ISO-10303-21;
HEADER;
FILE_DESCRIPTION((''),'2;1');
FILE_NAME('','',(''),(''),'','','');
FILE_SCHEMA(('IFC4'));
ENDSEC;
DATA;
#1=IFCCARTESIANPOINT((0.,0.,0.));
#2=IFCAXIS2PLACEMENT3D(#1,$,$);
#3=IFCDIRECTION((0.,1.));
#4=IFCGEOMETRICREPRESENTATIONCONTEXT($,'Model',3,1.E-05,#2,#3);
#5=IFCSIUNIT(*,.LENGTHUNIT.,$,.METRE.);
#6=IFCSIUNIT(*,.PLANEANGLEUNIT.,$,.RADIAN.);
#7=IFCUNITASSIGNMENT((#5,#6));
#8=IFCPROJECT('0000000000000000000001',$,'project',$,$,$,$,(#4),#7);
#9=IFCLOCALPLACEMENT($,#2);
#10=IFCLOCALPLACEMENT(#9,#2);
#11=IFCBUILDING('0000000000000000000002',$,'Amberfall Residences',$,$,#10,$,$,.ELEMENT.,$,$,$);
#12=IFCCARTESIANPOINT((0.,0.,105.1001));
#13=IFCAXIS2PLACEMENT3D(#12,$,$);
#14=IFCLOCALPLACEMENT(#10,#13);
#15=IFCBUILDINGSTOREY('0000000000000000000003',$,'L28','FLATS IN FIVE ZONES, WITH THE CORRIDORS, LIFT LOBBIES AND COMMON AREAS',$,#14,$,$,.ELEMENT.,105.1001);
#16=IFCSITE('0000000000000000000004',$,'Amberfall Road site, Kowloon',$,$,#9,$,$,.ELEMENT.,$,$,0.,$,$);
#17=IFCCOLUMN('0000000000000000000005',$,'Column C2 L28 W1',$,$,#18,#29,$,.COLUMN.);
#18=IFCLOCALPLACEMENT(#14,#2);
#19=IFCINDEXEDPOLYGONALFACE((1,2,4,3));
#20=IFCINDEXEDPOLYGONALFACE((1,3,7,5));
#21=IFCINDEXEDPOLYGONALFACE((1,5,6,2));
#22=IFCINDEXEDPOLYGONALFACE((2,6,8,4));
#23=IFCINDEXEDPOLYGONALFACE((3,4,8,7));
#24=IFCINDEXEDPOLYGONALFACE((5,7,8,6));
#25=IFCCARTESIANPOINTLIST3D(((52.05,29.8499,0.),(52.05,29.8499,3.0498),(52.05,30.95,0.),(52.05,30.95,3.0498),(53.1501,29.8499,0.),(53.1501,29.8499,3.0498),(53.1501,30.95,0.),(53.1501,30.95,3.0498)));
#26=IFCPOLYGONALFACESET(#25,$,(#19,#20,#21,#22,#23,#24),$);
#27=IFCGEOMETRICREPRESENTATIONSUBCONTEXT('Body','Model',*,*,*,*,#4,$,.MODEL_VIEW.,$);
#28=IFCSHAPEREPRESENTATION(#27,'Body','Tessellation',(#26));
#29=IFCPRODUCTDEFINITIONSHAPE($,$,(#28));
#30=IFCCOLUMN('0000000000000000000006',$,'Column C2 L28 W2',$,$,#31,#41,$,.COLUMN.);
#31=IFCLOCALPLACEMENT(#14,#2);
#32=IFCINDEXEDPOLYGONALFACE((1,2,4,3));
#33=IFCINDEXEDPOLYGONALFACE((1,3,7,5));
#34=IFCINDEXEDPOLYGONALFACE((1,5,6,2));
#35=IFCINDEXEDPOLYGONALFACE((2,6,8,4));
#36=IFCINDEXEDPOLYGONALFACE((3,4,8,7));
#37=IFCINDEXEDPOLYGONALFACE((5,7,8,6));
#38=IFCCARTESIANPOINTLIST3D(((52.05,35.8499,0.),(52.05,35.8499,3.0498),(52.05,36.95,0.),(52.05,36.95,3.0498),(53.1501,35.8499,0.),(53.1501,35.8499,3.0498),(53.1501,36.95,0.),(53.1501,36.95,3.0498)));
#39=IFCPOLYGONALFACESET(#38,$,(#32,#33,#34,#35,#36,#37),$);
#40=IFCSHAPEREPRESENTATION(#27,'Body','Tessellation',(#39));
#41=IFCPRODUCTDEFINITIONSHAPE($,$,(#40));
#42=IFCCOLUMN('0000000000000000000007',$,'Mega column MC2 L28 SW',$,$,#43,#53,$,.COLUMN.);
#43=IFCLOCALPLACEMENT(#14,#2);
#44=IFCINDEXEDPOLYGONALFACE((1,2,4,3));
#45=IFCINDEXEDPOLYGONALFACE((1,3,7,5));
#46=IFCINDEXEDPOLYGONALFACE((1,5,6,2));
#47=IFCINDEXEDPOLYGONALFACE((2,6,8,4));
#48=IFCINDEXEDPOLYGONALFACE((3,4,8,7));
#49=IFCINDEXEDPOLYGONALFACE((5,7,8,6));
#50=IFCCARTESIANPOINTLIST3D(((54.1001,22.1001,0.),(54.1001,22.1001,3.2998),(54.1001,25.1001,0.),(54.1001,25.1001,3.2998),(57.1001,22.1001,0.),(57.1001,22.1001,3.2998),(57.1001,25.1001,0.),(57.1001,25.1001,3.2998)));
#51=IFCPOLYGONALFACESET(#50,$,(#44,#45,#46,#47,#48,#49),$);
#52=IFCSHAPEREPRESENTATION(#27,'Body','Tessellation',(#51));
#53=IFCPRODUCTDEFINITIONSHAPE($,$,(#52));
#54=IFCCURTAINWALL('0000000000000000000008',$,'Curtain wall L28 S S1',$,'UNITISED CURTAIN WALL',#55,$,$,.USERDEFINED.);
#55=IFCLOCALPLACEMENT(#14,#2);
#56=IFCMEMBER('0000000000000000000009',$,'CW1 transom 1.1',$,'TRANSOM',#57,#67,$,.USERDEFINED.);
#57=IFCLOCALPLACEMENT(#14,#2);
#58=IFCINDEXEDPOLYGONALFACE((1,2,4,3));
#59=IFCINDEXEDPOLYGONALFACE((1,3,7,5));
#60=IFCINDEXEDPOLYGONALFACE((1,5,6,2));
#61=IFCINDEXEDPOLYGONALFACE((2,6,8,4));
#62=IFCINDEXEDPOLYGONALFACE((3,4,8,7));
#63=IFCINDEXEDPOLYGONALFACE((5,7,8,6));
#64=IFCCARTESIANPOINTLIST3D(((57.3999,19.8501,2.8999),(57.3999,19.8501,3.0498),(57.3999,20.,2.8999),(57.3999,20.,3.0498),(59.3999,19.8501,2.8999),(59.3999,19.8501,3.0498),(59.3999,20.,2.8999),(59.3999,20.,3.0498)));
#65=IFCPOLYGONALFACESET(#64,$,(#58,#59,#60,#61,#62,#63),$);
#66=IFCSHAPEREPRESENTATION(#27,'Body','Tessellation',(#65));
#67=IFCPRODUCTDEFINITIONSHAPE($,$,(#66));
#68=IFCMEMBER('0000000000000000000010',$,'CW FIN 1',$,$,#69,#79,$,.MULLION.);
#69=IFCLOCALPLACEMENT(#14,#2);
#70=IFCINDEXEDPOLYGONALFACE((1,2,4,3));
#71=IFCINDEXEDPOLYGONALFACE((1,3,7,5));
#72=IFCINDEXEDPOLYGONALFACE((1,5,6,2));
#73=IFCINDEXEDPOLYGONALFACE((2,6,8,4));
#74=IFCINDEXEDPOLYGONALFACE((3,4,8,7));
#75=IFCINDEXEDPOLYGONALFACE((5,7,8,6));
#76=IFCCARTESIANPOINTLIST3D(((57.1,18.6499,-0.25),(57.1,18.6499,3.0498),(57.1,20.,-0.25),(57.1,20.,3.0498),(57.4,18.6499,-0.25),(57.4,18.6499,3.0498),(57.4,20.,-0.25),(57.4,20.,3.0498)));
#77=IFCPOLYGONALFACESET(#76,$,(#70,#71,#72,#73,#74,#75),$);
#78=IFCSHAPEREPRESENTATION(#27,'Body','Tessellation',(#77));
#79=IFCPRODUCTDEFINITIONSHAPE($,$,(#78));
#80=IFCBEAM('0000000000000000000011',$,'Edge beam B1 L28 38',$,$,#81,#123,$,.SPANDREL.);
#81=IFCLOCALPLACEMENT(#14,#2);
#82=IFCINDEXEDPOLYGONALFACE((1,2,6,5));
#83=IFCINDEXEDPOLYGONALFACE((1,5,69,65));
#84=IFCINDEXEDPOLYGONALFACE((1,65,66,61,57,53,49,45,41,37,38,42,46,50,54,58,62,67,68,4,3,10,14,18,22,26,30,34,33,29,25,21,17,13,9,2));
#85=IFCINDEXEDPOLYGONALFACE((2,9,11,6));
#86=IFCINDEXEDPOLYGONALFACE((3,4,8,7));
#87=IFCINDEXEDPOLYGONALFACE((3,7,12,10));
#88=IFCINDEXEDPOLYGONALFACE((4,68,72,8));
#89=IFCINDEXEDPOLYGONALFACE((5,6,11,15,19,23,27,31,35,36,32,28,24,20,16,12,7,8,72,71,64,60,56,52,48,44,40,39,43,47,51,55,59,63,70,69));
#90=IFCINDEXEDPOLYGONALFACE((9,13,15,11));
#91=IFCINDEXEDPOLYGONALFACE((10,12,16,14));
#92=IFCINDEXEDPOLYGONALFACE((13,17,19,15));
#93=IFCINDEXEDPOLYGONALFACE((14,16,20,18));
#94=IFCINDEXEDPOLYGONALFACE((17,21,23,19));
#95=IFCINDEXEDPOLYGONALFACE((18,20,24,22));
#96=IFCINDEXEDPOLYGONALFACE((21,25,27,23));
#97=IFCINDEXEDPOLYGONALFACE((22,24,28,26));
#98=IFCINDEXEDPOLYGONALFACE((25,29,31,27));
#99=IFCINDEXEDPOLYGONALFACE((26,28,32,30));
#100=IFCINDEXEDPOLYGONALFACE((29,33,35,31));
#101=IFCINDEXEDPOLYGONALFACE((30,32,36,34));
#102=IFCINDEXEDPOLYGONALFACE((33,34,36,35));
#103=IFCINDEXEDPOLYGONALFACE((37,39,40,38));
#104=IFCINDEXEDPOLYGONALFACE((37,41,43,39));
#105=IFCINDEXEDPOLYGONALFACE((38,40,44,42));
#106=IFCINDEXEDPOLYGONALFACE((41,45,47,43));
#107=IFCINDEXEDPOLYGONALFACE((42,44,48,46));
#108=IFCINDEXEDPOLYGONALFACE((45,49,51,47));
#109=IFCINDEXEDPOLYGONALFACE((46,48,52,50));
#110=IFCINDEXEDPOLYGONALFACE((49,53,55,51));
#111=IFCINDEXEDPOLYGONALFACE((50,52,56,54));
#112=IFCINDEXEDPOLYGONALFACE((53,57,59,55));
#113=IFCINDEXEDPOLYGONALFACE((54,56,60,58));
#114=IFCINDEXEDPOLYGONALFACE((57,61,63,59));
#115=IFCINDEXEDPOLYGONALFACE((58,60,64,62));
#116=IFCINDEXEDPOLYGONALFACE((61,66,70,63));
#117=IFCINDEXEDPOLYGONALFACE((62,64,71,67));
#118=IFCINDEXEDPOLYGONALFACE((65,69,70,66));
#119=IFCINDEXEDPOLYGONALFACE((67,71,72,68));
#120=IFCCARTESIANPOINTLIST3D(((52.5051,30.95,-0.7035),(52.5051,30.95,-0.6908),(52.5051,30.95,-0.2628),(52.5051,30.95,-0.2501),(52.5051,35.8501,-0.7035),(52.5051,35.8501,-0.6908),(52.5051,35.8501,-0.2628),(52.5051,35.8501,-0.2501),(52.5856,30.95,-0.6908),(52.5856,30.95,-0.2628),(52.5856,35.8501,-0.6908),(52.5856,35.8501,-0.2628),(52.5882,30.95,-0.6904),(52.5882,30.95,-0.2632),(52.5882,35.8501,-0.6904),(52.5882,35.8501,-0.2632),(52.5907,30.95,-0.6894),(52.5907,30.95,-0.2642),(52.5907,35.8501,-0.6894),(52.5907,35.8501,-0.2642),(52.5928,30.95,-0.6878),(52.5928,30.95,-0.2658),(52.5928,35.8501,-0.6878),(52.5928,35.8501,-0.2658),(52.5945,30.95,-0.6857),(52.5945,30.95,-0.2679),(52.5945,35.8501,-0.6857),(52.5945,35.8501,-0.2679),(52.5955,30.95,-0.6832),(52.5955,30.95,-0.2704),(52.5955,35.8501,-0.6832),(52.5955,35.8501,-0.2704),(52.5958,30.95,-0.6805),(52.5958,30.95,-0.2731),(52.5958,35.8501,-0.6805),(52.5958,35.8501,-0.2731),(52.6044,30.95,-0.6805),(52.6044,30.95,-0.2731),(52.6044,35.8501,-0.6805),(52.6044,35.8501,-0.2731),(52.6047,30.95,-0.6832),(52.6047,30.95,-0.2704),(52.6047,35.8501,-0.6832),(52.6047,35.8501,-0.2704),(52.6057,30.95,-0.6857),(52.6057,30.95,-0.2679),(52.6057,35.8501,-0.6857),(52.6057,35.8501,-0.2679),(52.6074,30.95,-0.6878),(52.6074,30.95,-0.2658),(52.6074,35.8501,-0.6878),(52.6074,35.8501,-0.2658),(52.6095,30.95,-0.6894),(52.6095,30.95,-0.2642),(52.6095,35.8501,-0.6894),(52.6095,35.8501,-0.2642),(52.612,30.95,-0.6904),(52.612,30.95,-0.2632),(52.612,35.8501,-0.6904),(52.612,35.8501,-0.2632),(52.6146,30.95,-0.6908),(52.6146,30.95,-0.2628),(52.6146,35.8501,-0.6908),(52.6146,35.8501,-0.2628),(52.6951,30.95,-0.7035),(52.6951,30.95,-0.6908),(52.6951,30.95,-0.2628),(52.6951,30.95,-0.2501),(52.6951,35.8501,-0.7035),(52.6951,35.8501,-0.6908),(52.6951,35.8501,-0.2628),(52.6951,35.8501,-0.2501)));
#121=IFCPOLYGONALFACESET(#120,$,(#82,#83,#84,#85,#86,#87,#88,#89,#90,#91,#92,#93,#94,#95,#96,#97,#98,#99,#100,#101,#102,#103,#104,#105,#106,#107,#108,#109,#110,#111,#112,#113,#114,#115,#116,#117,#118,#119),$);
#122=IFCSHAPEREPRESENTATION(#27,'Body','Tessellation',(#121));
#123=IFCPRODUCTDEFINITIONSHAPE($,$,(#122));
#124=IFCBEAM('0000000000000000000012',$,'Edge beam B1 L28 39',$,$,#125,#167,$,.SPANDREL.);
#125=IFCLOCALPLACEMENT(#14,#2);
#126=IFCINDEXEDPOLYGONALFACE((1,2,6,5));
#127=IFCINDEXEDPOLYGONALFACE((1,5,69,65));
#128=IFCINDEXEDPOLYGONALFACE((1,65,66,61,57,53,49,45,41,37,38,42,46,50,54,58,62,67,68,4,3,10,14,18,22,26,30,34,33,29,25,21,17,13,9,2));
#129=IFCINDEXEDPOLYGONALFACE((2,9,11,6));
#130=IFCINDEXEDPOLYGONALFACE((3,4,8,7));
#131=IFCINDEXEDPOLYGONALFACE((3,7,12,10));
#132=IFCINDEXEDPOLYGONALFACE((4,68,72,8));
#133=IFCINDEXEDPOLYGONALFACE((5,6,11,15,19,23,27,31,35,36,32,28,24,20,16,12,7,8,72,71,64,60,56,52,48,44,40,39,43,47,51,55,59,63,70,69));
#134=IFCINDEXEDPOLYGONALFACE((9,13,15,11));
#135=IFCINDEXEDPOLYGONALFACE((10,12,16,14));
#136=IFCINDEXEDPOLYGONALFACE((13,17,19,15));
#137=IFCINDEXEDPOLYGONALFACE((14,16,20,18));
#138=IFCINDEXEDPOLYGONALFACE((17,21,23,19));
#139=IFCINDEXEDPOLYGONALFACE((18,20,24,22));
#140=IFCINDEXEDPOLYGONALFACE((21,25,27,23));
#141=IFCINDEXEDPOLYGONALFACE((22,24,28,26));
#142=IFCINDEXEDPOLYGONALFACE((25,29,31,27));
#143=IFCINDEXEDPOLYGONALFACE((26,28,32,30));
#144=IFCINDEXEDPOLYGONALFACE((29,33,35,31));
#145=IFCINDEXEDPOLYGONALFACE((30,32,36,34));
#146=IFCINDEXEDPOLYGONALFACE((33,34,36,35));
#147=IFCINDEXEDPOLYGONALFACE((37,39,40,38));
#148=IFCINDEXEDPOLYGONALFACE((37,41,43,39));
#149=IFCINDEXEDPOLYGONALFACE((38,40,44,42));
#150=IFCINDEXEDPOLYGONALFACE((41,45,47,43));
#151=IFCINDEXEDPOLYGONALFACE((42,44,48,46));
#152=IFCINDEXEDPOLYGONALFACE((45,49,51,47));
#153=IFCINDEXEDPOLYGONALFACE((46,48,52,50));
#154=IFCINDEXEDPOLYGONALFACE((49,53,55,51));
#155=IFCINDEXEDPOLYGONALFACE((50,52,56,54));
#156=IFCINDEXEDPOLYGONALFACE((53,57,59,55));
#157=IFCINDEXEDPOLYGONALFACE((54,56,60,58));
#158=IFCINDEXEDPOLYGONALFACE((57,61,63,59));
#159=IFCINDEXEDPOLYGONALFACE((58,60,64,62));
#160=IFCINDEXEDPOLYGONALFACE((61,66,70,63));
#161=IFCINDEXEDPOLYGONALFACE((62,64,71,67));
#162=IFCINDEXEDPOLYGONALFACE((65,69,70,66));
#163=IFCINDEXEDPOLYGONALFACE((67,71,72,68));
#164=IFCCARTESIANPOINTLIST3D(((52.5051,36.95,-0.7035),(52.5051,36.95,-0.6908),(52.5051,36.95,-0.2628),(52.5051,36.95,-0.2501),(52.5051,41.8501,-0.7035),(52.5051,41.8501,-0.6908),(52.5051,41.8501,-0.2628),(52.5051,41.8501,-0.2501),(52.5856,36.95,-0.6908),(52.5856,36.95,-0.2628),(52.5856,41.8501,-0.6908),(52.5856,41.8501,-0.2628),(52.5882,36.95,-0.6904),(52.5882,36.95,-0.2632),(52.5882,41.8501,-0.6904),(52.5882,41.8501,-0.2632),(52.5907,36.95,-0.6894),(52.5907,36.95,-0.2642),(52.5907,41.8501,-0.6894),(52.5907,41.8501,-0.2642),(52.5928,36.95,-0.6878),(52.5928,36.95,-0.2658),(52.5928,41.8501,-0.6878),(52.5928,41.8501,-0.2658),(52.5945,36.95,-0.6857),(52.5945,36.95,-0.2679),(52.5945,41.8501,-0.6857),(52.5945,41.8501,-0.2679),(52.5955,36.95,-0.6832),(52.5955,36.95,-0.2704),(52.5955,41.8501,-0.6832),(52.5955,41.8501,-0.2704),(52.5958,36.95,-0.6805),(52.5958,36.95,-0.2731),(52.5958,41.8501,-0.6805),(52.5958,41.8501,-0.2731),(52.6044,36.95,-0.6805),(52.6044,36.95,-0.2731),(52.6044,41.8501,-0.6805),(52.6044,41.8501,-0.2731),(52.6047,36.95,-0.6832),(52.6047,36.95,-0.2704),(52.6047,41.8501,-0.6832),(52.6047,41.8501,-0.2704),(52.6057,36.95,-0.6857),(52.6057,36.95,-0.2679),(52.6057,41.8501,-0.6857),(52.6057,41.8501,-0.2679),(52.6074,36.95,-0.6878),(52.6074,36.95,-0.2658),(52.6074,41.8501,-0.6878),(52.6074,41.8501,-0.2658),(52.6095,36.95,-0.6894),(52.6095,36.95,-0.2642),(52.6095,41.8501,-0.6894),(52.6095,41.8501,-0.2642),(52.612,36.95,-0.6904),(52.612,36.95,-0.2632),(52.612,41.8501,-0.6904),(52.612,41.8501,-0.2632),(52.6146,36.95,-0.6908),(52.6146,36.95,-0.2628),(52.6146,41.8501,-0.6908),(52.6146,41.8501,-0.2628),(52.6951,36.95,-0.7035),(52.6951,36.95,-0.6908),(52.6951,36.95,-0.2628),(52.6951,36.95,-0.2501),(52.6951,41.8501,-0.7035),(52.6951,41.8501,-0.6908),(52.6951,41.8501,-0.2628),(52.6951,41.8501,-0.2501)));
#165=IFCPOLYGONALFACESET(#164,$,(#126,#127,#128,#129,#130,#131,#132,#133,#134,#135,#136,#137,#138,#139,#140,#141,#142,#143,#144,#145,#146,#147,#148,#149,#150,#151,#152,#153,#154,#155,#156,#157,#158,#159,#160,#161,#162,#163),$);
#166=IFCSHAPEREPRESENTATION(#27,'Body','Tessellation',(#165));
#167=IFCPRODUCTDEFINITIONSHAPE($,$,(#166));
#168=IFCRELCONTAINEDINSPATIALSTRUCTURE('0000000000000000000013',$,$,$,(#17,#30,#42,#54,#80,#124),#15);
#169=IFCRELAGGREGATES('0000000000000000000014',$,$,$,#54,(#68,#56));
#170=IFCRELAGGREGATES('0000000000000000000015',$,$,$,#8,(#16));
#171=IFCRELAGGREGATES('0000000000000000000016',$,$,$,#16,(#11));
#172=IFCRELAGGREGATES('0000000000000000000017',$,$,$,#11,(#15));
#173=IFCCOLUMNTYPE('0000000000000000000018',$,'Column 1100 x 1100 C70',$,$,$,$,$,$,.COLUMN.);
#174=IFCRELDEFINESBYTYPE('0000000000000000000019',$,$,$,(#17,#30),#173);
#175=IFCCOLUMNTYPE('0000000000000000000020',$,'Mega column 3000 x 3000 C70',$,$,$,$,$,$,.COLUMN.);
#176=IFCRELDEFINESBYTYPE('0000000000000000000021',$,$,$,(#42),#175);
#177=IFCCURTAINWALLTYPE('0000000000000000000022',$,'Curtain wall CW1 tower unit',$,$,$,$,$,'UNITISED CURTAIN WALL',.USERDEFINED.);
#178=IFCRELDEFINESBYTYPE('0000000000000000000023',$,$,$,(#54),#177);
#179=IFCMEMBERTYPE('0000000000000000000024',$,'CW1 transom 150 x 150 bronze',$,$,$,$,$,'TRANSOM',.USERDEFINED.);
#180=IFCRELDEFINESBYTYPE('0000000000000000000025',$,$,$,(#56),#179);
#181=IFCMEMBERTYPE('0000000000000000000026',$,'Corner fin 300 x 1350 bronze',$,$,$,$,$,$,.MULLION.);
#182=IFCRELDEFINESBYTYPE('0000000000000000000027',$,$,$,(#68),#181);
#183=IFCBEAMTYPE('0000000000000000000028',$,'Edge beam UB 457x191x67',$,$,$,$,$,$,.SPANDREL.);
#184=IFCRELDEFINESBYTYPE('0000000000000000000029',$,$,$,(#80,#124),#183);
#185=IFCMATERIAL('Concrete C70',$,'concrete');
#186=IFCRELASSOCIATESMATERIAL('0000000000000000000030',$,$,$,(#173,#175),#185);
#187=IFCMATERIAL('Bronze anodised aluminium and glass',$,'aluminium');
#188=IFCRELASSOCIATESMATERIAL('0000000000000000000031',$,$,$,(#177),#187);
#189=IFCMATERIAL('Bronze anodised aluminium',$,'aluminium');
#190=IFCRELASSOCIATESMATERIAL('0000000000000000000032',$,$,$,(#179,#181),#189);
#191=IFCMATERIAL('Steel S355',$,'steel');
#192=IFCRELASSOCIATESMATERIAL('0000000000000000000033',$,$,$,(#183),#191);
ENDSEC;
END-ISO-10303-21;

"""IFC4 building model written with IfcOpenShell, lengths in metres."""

from ifc_helpers import new_model, si_unit, direction, frame, origin, origin_2d, place, context, subcontext, project, spatial, rectangle, i_section, extrude, material, material_profile, profile_set, type_object, element, aggregate, save


model = new_model("IFC4")

# Units and contexts
model_context = context("Model", 3, precision=1e-05, world=origin(), true_north=direction((0.0, 1.0)))
body_context = subcontext(model_context, "Body", "Model", "MODEL_VIEW")
ifc_project = project(units=[si_unit("LENGTHUNIT", "METRE"), si_unit("PLANEANGLEUNIT", "RADIAN")], contexts=[model_context])

# Site, building, storey
site_placement = place(None, origin())
site = spatial("IfcSite", under=ifc_project, at=site_placement, Name="Amberfall Road site, Kowloon", CompositionType="ELEMENT", RefElevation=0.0)
building_placement = place(site_placement, origin())
building = spatial("IfcBuilding", under=site, at=building_placement, Name="Amberfall Residences", CompositionType="ELEMENT")
storey_placement = place(building_placement, frame((0.0, 0.0, 105.1001)))
storey = spatial("IfcBuildingStorey", under=building, at=storey_placement, Name="L28", Description="FLATS IN FIVE ZONES, WITH THE CORRIDORS, LIFT LOBBIES AND COMMON AREAS", CompositionType="ELEMENT", Elevation=105.1001)

# Columns
ifc_material_1 = material(Name="Concrete C70", Category="concrete")
ifc_material_profile_1 = material_profile(ifc_material_1, rectangle(XDim=1.1001, YDim=1.1001, at=origin_2d()), Name="Column 1100 x 1100 C70")
ifc_profile_set_1 = profile_set([ifc_material_profile_1], Name="Concrete C70")
column_type_1 = type_object("IfcColumnType", Name="Column 1100 x 1100 C70", PredefinedType="COLUMN", material=ifc_profile_set_1)
for number, where, z_axis, x_axis, name in (
    (1, (52.6001, 30.3999, 0.0), (0.0, 0.0, 1.0), (1.0, 0.0, 0.0), "Column C2 L28 W1"),
    (2, (52.6001, 36.3999, 0.0), (0.0, 0.0, 1.0), (1.0, 0.0, 0.0), "Column C2 L28 W2"),
):
    element("IfcColumn", number, at=place(storey_placement, frame(where, z_axis=z_axis, x_axis=x_axis)), inside=storey, type_object=column_type_1, Name=name, PredefinedType="COLUMN", context=body_context, shape_type="SweptSolid", body=[
        extrude(rectangle(XDim=1.1001, YDim=1.1001, at=origin_2d()), origin(), (0.0, 0.0, 1.0), 3.0498),
    ])
ifc_material_profile_2 = material_profile(ifc_material_1, rectangle(XDim=3.0, YDim=3.0, at=origin_2d()), Name="Mega column 3000 x 3000 C70")
ifc_profile_set_2 = profile_set([ifc_material_profile_2], Name="Concrete C70")
column_type_2 = type_object("IfcColumnType", Name="Mega column 3000 x 3000 C70", PredefinedType="COLUMN", material=ifc_profile_set_2)
column_placement = place(storey_placement, frame((55.6001, 23.6001, 0.0), z_axis=(0.0, 0.0, 1.0), x_axis=(1.0, 0.0, 0.0)))
element("IfcColumn", 3, at=column_placement, inside=storey, type_object=column_type_2, Name="Mega column MC2 L28 SW", PredefinedType="COLUMN", context=body_context, shape_type="SweptSolid", body=[
    extrude(rectangle(XDim=3.0, YDim=3.0, at=origin_2d()), origin(), (0.0, 0.0, 1.0), 3.2998),
])

# Curtain wall, members
ifc_material_2 = material(Name="Bronze anodised aluminium and glass", Category="aluminium")
curtain_wall_type = type_object("IfcCurtainWallType", Name="Curtain wall CW1 tower unit", ElementType="UNITISED CURTAIN WALL", PredefinedType="USERDEFINED", material=ifc_material_2)
curtain_wall_placement = place(storey_placement, origin())
curtain_wall = element("IfcCurtainWall", 4, at=curtain_wall_placement, inside=storey, type_object=curtain_wall_type, Name="Curtain wall L28 S S1", ObjectType="UNITISED CURTAIN WALL", PredefinedType="USERDEFINED")
ifc_material_3 = material(Name="Bronze anodised aluminium", Category="aluminium")
ifc_material_profile_3 = material_profile(ifc_material_3, rectangle(XDim=0.1499, YDim=0.1499, at=origin_2d()), Name="CW1 transom 150 x 150 bronze")
ifc_profile_set_3 = profile_set([ifc_material_profile_3], Name="Bronze anodised aluminium")
member_type_1 = type_object("IfcMemberType", Name="CW1 transom 150 x 150 bronze", ElementType="TRANSOM", PredefinedType="USERDEFINED", material=ifc_profile_set_3)
member_1_placement = place(storey_placement, frame((57.3999, 19.925, 2.9749), z_axis=(1.0, 0.0, 0.0), x_axis=(0.0, 1.0, 0.0)))
member_1 = element("IfcMember", 5, at=member_1_placement, type_object=member_type_1, Name="CW1 transom 1.1", ObjectType="TRANSOM", PredefinedType="USERDEFINED", context=body_context, shape_type="SweptSolid", body=[
    extrude(rectangle(XDim=0.1499, YDim=0.1499, at=origin_2d()), origin(), (0.0, 0.0, 1.0), 2.0),
])
ifc_material_profile_4 = material_profile(ifc_material_3, rectangle(XDim=1.3501, YDim=0.3, at=origin_2d()), Name="Corner fin 300 x 1350 bronze")
ifc_profile_set_4 = profile_set([ifc_material_profile_4], Name="Bronze anodised aluminium")
member_type_2 = type_object("IfcMemberType", Name="Corner fin 300 x 1350 bronze", PredefinedType="MULLION", material=ifc_profile_set_4)
member_2_placement = place(storey_placement, frame((57.25, 19.325, -0.25), z_axis=(0.0, 0.0, 1.0), x_axis=(0.0, 1.0, 0.0)))
member_2 = element("IfcMember", 6, at=member_2_placement, type_object=member_type_2, Name="CW FIN 1", PredefinedType="MULLION", context=body_context, shape_type="SweptSolid", body=[
    extrude(rectangle(XDim=1.3501, YDim=0.3, at=origin_2d()), origin(), (0.0, 0.0, 1.0), 3.2998),
])

# Beams
ifc_material_4 = material(Name="Steel S355", Category="steel")
ifc_material_profile_5 = material_profile(ifc_material_4, i_section(OverallWidth=0.1899, OverallDepth=0.4534, WebThickness=0.0085, FlangeThickness=0.0127, FilletRadius=0.0103, at=origin_2d()), Name="UB 457x191x67")
ifc_profile_set_5 = profile_set([ifc_material_profile_5], Name="Steel S355")
beam_type_1 = type_object("IfcBeamType", Name="Edge beam UB 457x191x67", PredefinedType="SPANDREL", material=ifc_profile_set_5)
for number, where, z_axis, x_axis, name in (
    (7, (52.6001, 30.95, -0.4768), (0.0, 1.0, 0.0), (-1.0, 0.0, 0.0), "Edge beam B1 L28 38"),
    (8, (52.6001, 36.95, -0.4768), (0.0, 1.0, 0.0), (-1.0, 0.0, 0.0), "Edge beam B1 L28 39"),
):
    element("IfcBeam", number, at=place(storey_placement, frame(where, z_axis=z_axis, x_axis=x_axis)), inside=storey, type_object=beam_type_1, Name=name, PredefinedType="SPANDREL", context=body_context, shape_type="SweptSolid", body=[
        extrude(i_section(OverallWidth=0.1899, OverallDepth=0.4534, WebThickness=0.0085, FlangeThickness=0.0127, FilletRadius=0.0103, at=origin_2d()), origin(), (0.0, 0.0, 1.0), 4.9001),
    ])

aggregate(curtain_wall, [member_2, member_1])

save(model, "model.ifc")
